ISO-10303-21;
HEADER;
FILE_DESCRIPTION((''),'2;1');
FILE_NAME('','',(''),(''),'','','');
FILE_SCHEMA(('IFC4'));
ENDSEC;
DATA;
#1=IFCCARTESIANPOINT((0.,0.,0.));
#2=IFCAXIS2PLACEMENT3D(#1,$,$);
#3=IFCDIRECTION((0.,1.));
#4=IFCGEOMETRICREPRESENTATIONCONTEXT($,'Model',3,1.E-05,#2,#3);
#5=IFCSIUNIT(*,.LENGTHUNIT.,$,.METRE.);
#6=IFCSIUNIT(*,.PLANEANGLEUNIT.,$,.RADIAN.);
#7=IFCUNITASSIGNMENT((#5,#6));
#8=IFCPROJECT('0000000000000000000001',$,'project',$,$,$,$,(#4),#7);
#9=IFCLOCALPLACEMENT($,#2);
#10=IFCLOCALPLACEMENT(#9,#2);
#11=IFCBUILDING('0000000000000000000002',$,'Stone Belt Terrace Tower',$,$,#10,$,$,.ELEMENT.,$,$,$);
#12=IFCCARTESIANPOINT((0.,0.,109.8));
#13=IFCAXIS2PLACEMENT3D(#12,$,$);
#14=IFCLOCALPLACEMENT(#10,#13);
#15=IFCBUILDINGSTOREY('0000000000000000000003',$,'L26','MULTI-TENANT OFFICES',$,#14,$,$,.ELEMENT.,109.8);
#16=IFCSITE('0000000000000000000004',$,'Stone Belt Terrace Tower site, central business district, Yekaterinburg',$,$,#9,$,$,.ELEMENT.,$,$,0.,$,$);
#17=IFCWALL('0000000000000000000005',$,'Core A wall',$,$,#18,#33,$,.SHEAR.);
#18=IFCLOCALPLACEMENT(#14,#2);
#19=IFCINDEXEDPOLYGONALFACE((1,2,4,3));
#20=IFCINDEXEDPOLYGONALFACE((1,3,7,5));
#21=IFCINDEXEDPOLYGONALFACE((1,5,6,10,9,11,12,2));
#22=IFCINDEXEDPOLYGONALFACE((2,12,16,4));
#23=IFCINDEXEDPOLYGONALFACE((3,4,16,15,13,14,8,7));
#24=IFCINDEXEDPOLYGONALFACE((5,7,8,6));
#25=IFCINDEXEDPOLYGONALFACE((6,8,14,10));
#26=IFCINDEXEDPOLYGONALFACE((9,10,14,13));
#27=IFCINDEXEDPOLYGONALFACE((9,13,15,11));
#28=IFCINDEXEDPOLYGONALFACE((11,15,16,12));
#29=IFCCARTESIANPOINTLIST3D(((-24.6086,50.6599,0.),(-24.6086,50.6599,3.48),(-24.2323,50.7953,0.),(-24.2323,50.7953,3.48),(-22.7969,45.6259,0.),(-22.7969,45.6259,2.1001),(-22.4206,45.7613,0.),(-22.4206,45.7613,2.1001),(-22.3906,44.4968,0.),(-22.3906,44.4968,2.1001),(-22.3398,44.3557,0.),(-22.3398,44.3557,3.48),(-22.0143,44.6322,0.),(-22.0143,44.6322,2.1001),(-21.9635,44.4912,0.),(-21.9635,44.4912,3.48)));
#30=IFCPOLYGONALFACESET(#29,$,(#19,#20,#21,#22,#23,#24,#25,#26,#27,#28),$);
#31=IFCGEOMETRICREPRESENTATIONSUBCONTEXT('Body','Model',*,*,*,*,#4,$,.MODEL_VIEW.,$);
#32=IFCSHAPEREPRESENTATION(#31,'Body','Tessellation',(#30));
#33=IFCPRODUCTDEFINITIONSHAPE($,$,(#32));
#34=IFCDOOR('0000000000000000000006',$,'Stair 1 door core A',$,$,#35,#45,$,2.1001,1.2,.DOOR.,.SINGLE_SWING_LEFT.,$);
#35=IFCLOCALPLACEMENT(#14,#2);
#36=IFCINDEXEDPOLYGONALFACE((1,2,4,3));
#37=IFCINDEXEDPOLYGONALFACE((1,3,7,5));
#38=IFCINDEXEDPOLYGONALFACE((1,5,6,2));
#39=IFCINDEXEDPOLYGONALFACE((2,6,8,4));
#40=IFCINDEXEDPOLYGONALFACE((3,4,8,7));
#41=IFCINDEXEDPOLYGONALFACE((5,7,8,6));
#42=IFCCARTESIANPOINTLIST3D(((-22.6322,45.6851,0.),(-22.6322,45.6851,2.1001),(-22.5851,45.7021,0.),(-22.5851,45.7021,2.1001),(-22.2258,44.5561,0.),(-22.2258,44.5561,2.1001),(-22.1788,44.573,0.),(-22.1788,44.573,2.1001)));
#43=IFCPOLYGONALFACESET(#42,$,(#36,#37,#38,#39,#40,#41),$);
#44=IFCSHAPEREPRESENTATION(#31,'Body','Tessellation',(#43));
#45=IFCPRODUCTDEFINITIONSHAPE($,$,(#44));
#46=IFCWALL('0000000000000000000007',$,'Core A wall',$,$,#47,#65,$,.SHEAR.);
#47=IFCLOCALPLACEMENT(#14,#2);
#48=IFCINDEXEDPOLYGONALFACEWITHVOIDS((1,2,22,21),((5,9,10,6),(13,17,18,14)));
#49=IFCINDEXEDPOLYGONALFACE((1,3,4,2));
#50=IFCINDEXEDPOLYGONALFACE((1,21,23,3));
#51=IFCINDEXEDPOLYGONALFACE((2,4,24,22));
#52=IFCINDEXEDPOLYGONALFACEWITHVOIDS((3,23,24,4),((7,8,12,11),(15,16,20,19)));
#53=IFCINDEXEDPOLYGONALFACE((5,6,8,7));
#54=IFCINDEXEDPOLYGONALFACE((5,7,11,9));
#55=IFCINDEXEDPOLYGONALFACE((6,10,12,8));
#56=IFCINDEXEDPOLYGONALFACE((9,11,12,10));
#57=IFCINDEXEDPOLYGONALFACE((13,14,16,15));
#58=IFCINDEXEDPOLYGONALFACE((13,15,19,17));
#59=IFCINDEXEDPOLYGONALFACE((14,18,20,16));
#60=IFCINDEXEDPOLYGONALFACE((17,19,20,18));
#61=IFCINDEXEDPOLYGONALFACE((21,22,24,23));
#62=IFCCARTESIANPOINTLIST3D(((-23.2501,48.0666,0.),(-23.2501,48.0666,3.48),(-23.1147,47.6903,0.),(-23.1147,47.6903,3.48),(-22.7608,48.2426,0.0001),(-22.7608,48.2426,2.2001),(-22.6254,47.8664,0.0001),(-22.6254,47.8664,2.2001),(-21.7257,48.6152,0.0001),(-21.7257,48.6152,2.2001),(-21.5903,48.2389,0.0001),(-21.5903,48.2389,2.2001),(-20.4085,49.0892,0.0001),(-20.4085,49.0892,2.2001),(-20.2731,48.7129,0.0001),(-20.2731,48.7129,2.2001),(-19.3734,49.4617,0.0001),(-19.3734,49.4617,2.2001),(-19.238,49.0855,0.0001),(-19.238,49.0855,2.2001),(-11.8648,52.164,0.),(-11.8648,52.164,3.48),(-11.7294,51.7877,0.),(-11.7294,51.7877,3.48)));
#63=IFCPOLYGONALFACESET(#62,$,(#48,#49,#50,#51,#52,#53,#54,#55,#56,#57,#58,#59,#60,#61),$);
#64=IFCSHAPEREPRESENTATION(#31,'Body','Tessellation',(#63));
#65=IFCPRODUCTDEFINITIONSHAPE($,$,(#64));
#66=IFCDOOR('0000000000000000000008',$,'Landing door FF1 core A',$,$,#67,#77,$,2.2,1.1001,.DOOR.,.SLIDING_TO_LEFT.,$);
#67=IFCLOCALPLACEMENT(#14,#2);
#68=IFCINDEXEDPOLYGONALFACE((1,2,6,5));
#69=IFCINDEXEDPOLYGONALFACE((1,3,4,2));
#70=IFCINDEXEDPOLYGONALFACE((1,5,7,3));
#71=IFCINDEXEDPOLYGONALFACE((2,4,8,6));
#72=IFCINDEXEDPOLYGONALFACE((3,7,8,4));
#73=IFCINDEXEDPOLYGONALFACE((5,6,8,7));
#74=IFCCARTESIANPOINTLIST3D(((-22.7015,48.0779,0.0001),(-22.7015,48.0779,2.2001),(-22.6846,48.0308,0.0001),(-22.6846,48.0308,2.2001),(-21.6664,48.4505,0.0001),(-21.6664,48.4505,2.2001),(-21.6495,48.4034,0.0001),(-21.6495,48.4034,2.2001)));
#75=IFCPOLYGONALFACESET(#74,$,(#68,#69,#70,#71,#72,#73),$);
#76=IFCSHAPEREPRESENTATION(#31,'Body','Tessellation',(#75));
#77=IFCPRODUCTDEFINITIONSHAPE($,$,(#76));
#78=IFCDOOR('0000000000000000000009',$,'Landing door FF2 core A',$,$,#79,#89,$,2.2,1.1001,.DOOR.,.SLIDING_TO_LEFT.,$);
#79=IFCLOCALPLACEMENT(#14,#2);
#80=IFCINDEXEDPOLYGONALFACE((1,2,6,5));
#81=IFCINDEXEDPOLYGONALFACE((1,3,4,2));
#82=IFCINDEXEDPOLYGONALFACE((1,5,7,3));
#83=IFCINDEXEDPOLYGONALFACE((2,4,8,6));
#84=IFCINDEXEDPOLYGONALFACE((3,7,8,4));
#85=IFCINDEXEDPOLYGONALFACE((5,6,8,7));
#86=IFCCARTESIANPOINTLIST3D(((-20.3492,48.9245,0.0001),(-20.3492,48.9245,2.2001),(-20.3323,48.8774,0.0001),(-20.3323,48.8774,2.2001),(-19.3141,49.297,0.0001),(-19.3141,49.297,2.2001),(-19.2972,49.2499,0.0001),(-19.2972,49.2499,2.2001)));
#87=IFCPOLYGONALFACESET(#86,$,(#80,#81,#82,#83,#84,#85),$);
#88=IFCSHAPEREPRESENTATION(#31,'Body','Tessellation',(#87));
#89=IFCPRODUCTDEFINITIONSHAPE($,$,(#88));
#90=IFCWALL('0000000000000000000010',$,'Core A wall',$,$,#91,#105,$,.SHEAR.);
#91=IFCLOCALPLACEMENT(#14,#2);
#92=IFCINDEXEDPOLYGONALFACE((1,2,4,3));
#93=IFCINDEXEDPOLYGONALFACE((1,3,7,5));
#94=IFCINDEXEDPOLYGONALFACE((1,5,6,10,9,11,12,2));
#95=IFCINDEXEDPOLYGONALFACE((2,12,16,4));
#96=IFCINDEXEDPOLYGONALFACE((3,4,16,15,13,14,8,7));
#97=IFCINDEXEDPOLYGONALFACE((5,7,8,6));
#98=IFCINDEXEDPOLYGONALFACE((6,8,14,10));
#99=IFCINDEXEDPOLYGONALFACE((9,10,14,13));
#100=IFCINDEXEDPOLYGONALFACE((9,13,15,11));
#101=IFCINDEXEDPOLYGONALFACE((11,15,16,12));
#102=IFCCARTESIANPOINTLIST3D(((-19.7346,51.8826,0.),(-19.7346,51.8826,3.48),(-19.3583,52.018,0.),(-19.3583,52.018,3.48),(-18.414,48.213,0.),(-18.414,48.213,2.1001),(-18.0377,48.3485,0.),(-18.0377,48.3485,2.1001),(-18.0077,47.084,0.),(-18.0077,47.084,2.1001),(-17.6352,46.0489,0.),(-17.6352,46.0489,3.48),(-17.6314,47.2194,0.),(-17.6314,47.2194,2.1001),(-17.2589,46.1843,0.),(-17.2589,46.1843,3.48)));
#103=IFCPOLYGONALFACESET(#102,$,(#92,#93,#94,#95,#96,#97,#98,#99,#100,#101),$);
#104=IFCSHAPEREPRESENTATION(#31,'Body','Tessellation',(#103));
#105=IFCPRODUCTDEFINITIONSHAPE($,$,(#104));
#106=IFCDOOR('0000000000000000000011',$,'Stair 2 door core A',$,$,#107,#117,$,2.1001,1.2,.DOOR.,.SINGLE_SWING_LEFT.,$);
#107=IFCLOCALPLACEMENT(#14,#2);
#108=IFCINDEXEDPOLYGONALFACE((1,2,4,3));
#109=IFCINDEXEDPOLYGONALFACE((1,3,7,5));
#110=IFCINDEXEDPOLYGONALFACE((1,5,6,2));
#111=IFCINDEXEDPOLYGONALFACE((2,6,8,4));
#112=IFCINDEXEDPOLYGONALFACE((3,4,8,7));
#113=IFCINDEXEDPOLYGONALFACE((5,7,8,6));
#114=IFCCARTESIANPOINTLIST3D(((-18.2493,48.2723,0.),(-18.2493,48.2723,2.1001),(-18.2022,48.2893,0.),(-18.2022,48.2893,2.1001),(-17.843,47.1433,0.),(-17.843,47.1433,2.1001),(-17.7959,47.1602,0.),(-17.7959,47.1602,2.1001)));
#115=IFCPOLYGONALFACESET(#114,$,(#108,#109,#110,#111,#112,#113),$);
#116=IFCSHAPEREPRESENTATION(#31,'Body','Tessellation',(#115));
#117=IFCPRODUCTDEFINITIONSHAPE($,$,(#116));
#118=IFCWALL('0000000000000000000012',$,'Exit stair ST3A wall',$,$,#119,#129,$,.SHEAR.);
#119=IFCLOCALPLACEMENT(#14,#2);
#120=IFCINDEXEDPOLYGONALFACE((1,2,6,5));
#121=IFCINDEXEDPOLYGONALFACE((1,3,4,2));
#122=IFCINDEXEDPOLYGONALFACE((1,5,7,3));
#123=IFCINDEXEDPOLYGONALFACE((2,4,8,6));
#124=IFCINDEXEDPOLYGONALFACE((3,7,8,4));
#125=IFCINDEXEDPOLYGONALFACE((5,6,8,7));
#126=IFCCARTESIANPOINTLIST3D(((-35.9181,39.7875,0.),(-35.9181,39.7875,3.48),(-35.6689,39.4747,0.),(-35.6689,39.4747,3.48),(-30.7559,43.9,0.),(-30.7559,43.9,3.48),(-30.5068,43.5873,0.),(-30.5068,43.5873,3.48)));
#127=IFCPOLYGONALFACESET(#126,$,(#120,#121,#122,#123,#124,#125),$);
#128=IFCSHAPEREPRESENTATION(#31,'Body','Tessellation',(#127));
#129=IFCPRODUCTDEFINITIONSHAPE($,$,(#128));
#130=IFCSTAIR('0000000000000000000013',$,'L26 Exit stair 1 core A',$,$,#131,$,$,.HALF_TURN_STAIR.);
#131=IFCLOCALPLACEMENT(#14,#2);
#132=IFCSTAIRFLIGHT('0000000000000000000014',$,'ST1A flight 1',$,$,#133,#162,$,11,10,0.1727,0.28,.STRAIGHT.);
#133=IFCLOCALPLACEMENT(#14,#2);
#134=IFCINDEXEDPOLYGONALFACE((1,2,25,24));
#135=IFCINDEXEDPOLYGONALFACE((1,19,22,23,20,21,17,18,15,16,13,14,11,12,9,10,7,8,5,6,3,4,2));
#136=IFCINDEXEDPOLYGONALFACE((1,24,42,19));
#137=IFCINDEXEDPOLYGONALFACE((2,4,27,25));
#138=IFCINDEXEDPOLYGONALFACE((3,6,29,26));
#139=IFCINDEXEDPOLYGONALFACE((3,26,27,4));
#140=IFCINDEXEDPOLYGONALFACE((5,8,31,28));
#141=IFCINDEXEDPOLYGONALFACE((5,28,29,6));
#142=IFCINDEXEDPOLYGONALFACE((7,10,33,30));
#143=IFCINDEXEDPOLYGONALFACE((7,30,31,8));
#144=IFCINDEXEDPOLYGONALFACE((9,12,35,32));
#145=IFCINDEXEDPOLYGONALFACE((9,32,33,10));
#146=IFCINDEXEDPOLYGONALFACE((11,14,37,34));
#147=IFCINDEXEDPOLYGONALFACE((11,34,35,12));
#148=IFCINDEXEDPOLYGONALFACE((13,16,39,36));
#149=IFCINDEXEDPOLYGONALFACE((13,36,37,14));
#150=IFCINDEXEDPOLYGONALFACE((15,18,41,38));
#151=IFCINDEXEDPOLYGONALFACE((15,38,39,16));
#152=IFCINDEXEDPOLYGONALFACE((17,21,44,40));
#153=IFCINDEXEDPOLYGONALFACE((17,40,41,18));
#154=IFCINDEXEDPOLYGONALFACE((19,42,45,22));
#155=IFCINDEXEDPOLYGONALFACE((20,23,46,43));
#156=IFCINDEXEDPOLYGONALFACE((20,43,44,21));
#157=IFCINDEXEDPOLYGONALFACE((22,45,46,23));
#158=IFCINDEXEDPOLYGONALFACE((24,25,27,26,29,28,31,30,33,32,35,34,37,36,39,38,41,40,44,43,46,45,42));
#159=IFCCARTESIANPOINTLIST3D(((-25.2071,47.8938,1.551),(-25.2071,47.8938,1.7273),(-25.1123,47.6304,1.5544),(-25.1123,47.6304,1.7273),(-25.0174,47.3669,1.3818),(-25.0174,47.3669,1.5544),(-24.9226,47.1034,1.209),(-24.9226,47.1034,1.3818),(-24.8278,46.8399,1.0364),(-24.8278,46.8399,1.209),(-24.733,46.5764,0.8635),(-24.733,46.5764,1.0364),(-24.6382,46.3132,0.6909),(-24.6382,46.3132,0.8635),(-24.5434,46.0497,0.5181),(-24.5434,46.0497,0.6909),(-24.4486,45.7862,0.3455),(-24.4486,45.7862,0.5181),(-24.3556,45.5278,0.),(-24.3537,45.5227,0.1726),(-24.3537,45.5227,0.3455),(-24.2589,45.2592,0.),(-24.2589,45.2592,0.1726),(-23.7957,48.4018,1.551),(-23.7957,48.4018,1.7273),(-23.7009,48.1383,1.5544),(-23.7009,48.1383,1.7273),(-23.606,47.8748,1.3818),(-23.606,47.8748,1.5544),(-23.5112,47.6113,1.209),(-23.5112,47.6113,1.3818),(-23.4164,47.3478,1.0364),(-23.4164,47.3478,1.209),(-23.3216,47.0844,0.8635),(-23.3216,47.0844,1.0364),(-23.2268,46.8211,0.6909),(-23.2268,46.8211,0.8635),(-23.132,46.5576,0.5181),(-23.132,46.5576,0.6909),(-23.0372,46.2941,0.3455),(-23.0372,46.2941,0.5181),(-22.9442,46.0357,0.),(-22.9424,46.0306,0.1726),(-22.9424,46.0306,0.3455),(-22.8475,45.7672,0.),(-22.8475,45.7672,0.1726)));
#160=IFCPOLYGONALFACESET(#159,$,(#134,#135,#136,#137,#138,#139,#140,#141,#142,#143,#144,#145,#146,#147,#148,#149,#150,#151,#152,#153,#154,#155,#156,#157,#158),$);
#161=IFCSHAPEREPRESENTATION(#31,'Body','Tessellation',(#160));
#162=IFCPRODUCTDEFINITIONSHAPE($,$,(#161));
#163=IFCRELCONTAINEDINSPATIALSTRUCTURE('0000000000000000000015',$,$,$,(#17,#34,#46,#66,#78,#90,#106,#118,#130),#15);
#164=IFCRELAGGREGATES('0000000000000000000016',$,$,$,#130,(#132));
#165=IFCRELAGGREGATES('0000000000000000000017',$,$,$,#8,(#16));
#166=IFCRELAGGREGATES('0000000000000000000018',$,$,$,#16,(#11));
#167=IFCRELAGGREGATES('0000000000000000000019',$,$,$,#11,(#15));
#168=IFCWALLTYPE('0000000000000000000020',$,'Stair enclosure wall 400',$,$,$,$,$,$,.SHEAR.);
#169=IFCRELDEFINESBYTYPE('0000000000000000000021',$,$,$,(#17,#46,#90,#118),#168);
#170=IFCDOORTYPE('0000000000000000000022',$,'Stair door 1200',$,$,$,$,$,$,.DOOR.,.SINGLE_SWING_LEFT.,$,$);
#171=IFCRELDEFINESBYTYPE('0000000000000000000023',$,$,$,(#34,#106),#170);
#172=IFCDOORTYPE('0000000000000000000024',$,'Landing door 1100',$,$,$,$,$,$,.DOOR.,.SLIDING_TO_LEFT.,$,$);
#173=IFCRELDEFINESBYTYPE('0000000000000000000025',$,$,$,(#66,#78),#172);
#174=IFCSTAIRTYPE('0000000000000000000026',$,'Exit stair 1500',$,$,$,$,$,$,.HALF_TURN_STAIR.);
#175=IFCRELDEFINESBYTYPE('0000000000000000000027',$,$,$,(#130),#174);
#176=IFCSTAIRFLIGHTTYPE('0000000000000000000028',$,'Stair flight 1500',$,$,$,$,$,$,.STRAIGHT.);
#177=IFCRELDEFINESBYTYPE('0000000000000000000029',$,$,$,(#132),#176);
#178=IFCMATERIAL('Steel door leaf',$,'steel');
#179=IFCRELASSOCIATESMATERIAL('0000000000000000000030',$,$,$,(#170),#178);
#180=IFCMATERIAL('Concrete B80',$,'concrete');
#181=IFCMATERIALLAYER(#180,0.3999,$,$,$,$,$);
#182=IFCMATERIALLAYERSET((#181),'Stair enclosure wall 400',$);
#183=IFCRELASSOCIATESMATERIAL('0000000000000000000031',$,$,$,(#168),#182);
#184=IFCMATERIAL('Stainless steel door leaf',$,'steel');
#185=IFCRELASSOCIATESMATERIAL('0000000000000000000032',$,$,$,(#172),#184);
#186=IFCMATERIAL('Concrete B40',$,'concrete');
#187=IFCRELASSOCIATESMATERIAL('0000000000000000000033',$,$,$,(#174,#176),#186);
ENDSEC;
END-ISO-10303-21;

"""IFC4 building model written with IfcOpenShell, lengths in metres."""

from ifc_helpers import new_model, si_unit, direction, frame, frame_2d, origin, place, context, subcontext, project, spatial, polyline, rectangle, outline, extrude, material, layer, layer_set, type_object, element, fill, aggregate, save


model = new_model("IFC4")

# Units and contexts
model_context = context("Model", 3, precision=1e-05, world=origin(), true_north=direction((0.0, 1.0)))
body_context = subcontext(model_context, "Body", "Model", "MODEL_VIEW")
ifc_project = project(units=[si_unit("LENGTHUNIT", "METRE"), si_unit("PLANEANGLEUNIT", "RADIAN")], contexts=[model_context])

# Site, building, storey
site_placement = place(None, origin())
site = spatial("IfcSite", under=ifc_project, at=site_placement, Name="Stone Belt Terrace Tower site, central business district, Yekaterinburg", CompositionType="ELEMENT", RefElevation=0.0)
building_placement = place(site_placement, origin())
building = spatial("IfcBuilding", under=site, at=building_placement, Name="Stone Belt Terrace Tower", CompositionType="ELEMENT")
storey_placement = place(building_placement, frame((0.0, 0.0, 109.8)))
storey = spatial("IfcBuildingStorey", under=building, at=storey_placement, Name="L26", Description="MULTI-TENANT OFFICES", CompositionType="ELEMENT", Elevation=109.8)

# Shared definitions
ifc_material_1 = material(Name="Concrete B80", Category="concrete")

# Shared definitions
ifc_material_2 = material(Name="Steel door leaf", Category="steel")
door_type_1 = type_object("IfcDoorType", Name="Stair door 1200", OperationType="SINGLE_SWING_LEFT", PredefinedType="DOOR", material=ifc_material_2)

# Wall, opening, door
ifc_layer_1 = layer(ifc_material_1, 0.3999)
ifc_layer_set_1 = layer_set([ifc_layer_1], Name="Stair enclosure wall 400")
wall_type_1 = type_object("IfcWallType", Name="Stair enclosure wall 400", PredefinedType="SHEAR", material=ifc_layer_set_1)
wall_1_placement = place(storey_placement, frame((-22.1516, 44.4233, 0.0), z_axis=(0.0, 0.0, 1.0), x_axis=(-0.338625, 0.940921, 0.0)))
wall_1 = element("IfcWall", 1, at=wall_1_placement, inside=storey, type_object=wall_type_1, Name="Core A wall", PredefinedType="SHEAR", context=body_context, shape_type="SweptSolid", body=[
    extrude(rectangle(XDim=6.7, YDim=0.3999, at=frame_2d((3.3501, 0.0))), origin(), (0.0, 0.0, 1.0), 3.48),
])
opening_1_placement = place(wall_1_placement, frame((0.1499, 0.0, 0.0)))
opening_1 = element("IfcOpeningElement", 2, at=opening_1_placement, cuts=wall_1, PredefinedType="OPENING", context=body_context, shape_type="SweptSolid", body=[
    extrude(rectangle(XDim=1.2, YDim=2.1001, at=frame_2d((0.6001, 1.05))), frame((0.0, 0.21, 0.0), z_axis=(0.0, -1.0, 0.0), x_axis=(1.0, 0.0, 0.0)), (0.0, 0.0, 1.0), 0.4199),
])
door_1_placement = place(opening_1_placement, origin())
door_1 = element("IfcDoor", 3, at=door_1_placement, inside=storey, type_object=door_type_1, Name="Stair 1 door core A", OperationType="SINGLE_SWING_LEFT", OverallHeight=2.1001, OverallWidth=1.2, PredefinedType="DOOR", context=body_context, shape_type="SweptSolid", body=[
    extrude(rectangle(XDim=1.2, YDim=2.1001, at=frame_2d((0.6001, 1.05))), frame((0.0, 0.0249, 0.0), z_axis=(0.0, -1.0, 0.0), x_axis=(1.0, 0.0, 0.0)), (0.0, 0.0, 1.0), 0.05),
])
fill(opening_1, door_1)

# Wall, openings, doors
wall_2_placement = place(storey_placement, frame((-23.1824, 47.8784, 0.0), z_axis=(0.0, 0.0, 1.0), x_axis=(0.940921, 0.338626, 0.0)))
wall_2 = element("IfcWall", 4, at=wall_2_placement, inside=storey, type_object=wall_type_1, Name="Core A wall", PredefinedType="SHEAR", context=body_context, shape_type="SweptSolid", body=[
    extrude(rectangle(XDim=12.1001, YDim=0.3999, at=frame_2d((6.05, 0.0))), origin(), (0.0, 0.0, 1.0), 3.48),
])
opening_2_placement = place(wall_2_placement, frame((0.52, 0.0, 0.0)))
opening_2 = element("IfcOpeningElement", 5, at=opening_2_placement, cuts=wall_2, PredefinedType="OPENING", context=body_context, shape_type="SweptSolid", body=[
    extrude(rectangle(XDim=1.1001, YDim=2.2, at=frame_2d((0.55, 1.1001))), frame((0.0, 0.21, 0.0), z_axis=(0.0, -1.0, 0.0), x_axis=(1.0, 0.0, 0.0)), (0.0, 0.0, 1.0), 0.4199),
])
opening_3_placement = place(wall_2_placement, frame((3.02, 0.0, 0.0)))
opening_3 = element("IfcOpeningElement", 6, at=opening_3_placement, cuts=wall_2, PredefinedType="OPENING", context=body_context, shape_type="SweptSolid", body=[
    extrude(rectangle(XDim=1.1001, YDim=2.2, at=frame_2d((0.55, 1.1001))), frame((0.0, 0.21, 0.0), z_axis=(0.0, -1.0, 0.0), x_axis=(1.0, 0.0, 0.0)), (0.0, 0.0, 1.0), 0.4199),
])
ifc_material_3 = material(Name="Stainless steel door leaf", Category="steel")
door_type_2 = type_object("IfcDoorType", Name="Landing door 1100", OperationType="SLIDING_TO_LEFT", PredefinedType="DOOR", material=ifc_material_3)
door_2_placement = place(opening_2_placement, origin())
door_2 = element("IfcDoor", 7, at=door_2_placement, inside=storey, type_object=door_type_2, Name="Landing door FF1 core A", OperationType="SLIDING_TO_LEFT", OverallHeight=2.2, OverallWidth=1.1001, PredefinedType="DOOR", context=body_context, shape_type="SweptSolid", body=[
    extrude(rectangle(XDim=1.1001, YDim=2.2, at=frame_2d((0.55, 1.1001))), frame((0.0, 0.0249, 0.0), z_axis=(0.0, -1.0, 0.0), x_axis=(1.0, 0.0, 0.0)), (0.0, 0.0, 1.0), 0.05),
])
fill(opening_2, door_2)
door_3_placement = place(opening_3_placement, origin())
door_3 = element("IfcDoor", 8, at=door_3_placement, inside=storey, type_object=door_type_2, Name="Landing door FF2 core A", OperationType="SLIDING_TO_LEFT", OverallHeight=2.2, OverallWidth=1.1001, PredefinedType="DOOR", context=body_context, shape_type="SweptSolid", body=[
    extrude(rectangle(XDim=1.1001, YDim=2.2, at=frame_2d((0.55, 1.1001))), frame((0.0, 0.0249, 0.0), z_axis=(0.0, -1.0, 0.0), x_axis=(1.0, 0.0, 0.0)), (0.0, 0.0, 1.0), 0.05),
])
fill(opening_3, door_3)

# Wall, opening, door
wall_3_placement = place(storey_placement, frame((-17.447, 46.1165, 0.0), z_axis=(0.0, 0.0, 1.0), x_axis=(-0.338608, 0.940928, 0.0)))
wall_3 = element("IfcWall", 9, at=wall_3_placement, inside=storey, type_object=wall_type_1, Name="Core A wall", PredefinedType="SHEAR", context=body_context, shape_type="SweptSolid", body=[
    extrude(rectangle(XDim=6.2, YDim=0.3999, at=frame_2d((3.1001, 0.0))), origin(), (0.0, 0.0, 1.0), 3.48),
])
opening_4_placement = place(wall_3_placement, frame((1.1001, 0.0, 0.0)))
opening_4 = element("IfcOpeningElement", 10, at=opening_4_placement, cuts=wall_3, PredefinedType="OPENING", context=body_context, shape_type="SweptSolid", body=[
    extrude(rectangle(XDim=1.2, YDim=2.1001, at=frame_2d((0.6001, 1.05))), frame((0.0, 0.21, 0.0), z_axis=(0.0, -1.0, 0.0), x_axis=(1.0, 0.0, 0.0)), (0.0, 0.0, 1.0), 0.4199),
])
door_4_placement = place(opening_4_placement, origin())
door_4 = element("IfcDoor", 11, at=door_4_placement, inside=storey, type_object=door_type_1, Name="Stair 2 door core A", OperationType="SINGLE_SWING_LEFT", OverallHeight=2.1001, OverallWidth=1.2, PredefinedType="DOOR", context=body_context, shape_type="SweptSolid", body=[
    extrude(rectangle(XDim=1.2, YDim=2.1001, at=frame_2d((0.6001, 1.05))), frame((0.0, 0.0249, 0.0), z_axis=(0.0, -1.0, 0.0), x_axis=(1.0, 0.0, 0.0)), (0.0, 0.0, 1.0), 0.05),
])
fill(opening_4, door_4)

# Wall
wall_4_placement = place(storey_placement, frame((-30.6313, 43.7437, 0.0), z_axis=(0.0, 0.0, 1.0), x_axis=(-0.782134, -0.62311, 0.0)))
element("IfcWall", 12, at=wall_4_placement, inside=storey, type_object=wall_type_1, Name="Exit stair ST3A wall", PredefinedType="SHEAR", context=body_context, shape_type="SweptSolid", body=[
    extrude(rectangle(XDim=6.6001, YDim=0.3999, at=frame_2d((3.3, 0.0))), origin(), (0.0, 0.0, 1.0), 3.48),
])

# Stair, stair flight
ifc_material_4 = material(Name="Concrete B40", Category="concrete")
stair_type = type_object("IfcStairType", Name="Exit stair 1500", PredefinedType="HALF_TURN_STAIR", material=ifc_material_4)
stair_placement = place(storey_placement, origin())
stair = element("IfcStair", 13, at=stair_placement, inside=storey, type_object=stair_type, Name="L26 Exit stair 1 core A", PredefinedType="HALF_TURN_STAIR")
stair_flight_type = type_object("IfcStairFlightType", Name="Stair flight 1500", PredefinedType="STRAIGHT", material=ifc_material_4)
stair_flight_1_placement = place(storey_placement, frame((-23.5532, 45.5132, 0.0), z_axis=(0.0, 0.0, 1.0), x_axis=(-0.338624, 0.940922, 0.0)))
stair_flight_1 = element("IfcStairFlight", 14, at=stair_flight_1_placement, type_object=stair_flight_type, Name="ST1A flight 1", NumberOfRisers=11, NumberOfTreads=10, PredefinedType="STRAIGHT", RiserHeight=0.1727, TreadLength=0.28, context=body_context, shape_type="SweptSolid", body=[
    extrude(outline(polyline([(0.0, 0.0), (0.0, 0.1726), (0.28, 0.1726), (0.28, 0.3455), (0.5601, 0.3455), (0.5601, 0.5181), (0.8401, 0.5181), (0.8401, 0.6909), (1.1201, 0.6909), (1.1201, 0.8635), (1.3999, 0.8635), (1.3999, 1.0364), (1.6799, 1.0364), (1.6799, 1.209), (1.96, 1.209), (1.96, 1.3818), (2.24, 1.3818), (2.24, 1.5544), (2.52, 1.5544), (2.52, 1.7273), (2.8, 1.7273), (2.8, 1.8999), (2.8, 1.551), (0.2854, 0.0), (0.0, 0.0)])), frame((0.0, 0.75, 0.0), z_axis=(0.0, -1.0, 0.0), x_axis=(1.0, 0.0, 0.0)), (0.0, 0.0, 1.0), 1.5),
])
aggregate(stair, [stair_flight_1])

save(model, "model.ifc")
